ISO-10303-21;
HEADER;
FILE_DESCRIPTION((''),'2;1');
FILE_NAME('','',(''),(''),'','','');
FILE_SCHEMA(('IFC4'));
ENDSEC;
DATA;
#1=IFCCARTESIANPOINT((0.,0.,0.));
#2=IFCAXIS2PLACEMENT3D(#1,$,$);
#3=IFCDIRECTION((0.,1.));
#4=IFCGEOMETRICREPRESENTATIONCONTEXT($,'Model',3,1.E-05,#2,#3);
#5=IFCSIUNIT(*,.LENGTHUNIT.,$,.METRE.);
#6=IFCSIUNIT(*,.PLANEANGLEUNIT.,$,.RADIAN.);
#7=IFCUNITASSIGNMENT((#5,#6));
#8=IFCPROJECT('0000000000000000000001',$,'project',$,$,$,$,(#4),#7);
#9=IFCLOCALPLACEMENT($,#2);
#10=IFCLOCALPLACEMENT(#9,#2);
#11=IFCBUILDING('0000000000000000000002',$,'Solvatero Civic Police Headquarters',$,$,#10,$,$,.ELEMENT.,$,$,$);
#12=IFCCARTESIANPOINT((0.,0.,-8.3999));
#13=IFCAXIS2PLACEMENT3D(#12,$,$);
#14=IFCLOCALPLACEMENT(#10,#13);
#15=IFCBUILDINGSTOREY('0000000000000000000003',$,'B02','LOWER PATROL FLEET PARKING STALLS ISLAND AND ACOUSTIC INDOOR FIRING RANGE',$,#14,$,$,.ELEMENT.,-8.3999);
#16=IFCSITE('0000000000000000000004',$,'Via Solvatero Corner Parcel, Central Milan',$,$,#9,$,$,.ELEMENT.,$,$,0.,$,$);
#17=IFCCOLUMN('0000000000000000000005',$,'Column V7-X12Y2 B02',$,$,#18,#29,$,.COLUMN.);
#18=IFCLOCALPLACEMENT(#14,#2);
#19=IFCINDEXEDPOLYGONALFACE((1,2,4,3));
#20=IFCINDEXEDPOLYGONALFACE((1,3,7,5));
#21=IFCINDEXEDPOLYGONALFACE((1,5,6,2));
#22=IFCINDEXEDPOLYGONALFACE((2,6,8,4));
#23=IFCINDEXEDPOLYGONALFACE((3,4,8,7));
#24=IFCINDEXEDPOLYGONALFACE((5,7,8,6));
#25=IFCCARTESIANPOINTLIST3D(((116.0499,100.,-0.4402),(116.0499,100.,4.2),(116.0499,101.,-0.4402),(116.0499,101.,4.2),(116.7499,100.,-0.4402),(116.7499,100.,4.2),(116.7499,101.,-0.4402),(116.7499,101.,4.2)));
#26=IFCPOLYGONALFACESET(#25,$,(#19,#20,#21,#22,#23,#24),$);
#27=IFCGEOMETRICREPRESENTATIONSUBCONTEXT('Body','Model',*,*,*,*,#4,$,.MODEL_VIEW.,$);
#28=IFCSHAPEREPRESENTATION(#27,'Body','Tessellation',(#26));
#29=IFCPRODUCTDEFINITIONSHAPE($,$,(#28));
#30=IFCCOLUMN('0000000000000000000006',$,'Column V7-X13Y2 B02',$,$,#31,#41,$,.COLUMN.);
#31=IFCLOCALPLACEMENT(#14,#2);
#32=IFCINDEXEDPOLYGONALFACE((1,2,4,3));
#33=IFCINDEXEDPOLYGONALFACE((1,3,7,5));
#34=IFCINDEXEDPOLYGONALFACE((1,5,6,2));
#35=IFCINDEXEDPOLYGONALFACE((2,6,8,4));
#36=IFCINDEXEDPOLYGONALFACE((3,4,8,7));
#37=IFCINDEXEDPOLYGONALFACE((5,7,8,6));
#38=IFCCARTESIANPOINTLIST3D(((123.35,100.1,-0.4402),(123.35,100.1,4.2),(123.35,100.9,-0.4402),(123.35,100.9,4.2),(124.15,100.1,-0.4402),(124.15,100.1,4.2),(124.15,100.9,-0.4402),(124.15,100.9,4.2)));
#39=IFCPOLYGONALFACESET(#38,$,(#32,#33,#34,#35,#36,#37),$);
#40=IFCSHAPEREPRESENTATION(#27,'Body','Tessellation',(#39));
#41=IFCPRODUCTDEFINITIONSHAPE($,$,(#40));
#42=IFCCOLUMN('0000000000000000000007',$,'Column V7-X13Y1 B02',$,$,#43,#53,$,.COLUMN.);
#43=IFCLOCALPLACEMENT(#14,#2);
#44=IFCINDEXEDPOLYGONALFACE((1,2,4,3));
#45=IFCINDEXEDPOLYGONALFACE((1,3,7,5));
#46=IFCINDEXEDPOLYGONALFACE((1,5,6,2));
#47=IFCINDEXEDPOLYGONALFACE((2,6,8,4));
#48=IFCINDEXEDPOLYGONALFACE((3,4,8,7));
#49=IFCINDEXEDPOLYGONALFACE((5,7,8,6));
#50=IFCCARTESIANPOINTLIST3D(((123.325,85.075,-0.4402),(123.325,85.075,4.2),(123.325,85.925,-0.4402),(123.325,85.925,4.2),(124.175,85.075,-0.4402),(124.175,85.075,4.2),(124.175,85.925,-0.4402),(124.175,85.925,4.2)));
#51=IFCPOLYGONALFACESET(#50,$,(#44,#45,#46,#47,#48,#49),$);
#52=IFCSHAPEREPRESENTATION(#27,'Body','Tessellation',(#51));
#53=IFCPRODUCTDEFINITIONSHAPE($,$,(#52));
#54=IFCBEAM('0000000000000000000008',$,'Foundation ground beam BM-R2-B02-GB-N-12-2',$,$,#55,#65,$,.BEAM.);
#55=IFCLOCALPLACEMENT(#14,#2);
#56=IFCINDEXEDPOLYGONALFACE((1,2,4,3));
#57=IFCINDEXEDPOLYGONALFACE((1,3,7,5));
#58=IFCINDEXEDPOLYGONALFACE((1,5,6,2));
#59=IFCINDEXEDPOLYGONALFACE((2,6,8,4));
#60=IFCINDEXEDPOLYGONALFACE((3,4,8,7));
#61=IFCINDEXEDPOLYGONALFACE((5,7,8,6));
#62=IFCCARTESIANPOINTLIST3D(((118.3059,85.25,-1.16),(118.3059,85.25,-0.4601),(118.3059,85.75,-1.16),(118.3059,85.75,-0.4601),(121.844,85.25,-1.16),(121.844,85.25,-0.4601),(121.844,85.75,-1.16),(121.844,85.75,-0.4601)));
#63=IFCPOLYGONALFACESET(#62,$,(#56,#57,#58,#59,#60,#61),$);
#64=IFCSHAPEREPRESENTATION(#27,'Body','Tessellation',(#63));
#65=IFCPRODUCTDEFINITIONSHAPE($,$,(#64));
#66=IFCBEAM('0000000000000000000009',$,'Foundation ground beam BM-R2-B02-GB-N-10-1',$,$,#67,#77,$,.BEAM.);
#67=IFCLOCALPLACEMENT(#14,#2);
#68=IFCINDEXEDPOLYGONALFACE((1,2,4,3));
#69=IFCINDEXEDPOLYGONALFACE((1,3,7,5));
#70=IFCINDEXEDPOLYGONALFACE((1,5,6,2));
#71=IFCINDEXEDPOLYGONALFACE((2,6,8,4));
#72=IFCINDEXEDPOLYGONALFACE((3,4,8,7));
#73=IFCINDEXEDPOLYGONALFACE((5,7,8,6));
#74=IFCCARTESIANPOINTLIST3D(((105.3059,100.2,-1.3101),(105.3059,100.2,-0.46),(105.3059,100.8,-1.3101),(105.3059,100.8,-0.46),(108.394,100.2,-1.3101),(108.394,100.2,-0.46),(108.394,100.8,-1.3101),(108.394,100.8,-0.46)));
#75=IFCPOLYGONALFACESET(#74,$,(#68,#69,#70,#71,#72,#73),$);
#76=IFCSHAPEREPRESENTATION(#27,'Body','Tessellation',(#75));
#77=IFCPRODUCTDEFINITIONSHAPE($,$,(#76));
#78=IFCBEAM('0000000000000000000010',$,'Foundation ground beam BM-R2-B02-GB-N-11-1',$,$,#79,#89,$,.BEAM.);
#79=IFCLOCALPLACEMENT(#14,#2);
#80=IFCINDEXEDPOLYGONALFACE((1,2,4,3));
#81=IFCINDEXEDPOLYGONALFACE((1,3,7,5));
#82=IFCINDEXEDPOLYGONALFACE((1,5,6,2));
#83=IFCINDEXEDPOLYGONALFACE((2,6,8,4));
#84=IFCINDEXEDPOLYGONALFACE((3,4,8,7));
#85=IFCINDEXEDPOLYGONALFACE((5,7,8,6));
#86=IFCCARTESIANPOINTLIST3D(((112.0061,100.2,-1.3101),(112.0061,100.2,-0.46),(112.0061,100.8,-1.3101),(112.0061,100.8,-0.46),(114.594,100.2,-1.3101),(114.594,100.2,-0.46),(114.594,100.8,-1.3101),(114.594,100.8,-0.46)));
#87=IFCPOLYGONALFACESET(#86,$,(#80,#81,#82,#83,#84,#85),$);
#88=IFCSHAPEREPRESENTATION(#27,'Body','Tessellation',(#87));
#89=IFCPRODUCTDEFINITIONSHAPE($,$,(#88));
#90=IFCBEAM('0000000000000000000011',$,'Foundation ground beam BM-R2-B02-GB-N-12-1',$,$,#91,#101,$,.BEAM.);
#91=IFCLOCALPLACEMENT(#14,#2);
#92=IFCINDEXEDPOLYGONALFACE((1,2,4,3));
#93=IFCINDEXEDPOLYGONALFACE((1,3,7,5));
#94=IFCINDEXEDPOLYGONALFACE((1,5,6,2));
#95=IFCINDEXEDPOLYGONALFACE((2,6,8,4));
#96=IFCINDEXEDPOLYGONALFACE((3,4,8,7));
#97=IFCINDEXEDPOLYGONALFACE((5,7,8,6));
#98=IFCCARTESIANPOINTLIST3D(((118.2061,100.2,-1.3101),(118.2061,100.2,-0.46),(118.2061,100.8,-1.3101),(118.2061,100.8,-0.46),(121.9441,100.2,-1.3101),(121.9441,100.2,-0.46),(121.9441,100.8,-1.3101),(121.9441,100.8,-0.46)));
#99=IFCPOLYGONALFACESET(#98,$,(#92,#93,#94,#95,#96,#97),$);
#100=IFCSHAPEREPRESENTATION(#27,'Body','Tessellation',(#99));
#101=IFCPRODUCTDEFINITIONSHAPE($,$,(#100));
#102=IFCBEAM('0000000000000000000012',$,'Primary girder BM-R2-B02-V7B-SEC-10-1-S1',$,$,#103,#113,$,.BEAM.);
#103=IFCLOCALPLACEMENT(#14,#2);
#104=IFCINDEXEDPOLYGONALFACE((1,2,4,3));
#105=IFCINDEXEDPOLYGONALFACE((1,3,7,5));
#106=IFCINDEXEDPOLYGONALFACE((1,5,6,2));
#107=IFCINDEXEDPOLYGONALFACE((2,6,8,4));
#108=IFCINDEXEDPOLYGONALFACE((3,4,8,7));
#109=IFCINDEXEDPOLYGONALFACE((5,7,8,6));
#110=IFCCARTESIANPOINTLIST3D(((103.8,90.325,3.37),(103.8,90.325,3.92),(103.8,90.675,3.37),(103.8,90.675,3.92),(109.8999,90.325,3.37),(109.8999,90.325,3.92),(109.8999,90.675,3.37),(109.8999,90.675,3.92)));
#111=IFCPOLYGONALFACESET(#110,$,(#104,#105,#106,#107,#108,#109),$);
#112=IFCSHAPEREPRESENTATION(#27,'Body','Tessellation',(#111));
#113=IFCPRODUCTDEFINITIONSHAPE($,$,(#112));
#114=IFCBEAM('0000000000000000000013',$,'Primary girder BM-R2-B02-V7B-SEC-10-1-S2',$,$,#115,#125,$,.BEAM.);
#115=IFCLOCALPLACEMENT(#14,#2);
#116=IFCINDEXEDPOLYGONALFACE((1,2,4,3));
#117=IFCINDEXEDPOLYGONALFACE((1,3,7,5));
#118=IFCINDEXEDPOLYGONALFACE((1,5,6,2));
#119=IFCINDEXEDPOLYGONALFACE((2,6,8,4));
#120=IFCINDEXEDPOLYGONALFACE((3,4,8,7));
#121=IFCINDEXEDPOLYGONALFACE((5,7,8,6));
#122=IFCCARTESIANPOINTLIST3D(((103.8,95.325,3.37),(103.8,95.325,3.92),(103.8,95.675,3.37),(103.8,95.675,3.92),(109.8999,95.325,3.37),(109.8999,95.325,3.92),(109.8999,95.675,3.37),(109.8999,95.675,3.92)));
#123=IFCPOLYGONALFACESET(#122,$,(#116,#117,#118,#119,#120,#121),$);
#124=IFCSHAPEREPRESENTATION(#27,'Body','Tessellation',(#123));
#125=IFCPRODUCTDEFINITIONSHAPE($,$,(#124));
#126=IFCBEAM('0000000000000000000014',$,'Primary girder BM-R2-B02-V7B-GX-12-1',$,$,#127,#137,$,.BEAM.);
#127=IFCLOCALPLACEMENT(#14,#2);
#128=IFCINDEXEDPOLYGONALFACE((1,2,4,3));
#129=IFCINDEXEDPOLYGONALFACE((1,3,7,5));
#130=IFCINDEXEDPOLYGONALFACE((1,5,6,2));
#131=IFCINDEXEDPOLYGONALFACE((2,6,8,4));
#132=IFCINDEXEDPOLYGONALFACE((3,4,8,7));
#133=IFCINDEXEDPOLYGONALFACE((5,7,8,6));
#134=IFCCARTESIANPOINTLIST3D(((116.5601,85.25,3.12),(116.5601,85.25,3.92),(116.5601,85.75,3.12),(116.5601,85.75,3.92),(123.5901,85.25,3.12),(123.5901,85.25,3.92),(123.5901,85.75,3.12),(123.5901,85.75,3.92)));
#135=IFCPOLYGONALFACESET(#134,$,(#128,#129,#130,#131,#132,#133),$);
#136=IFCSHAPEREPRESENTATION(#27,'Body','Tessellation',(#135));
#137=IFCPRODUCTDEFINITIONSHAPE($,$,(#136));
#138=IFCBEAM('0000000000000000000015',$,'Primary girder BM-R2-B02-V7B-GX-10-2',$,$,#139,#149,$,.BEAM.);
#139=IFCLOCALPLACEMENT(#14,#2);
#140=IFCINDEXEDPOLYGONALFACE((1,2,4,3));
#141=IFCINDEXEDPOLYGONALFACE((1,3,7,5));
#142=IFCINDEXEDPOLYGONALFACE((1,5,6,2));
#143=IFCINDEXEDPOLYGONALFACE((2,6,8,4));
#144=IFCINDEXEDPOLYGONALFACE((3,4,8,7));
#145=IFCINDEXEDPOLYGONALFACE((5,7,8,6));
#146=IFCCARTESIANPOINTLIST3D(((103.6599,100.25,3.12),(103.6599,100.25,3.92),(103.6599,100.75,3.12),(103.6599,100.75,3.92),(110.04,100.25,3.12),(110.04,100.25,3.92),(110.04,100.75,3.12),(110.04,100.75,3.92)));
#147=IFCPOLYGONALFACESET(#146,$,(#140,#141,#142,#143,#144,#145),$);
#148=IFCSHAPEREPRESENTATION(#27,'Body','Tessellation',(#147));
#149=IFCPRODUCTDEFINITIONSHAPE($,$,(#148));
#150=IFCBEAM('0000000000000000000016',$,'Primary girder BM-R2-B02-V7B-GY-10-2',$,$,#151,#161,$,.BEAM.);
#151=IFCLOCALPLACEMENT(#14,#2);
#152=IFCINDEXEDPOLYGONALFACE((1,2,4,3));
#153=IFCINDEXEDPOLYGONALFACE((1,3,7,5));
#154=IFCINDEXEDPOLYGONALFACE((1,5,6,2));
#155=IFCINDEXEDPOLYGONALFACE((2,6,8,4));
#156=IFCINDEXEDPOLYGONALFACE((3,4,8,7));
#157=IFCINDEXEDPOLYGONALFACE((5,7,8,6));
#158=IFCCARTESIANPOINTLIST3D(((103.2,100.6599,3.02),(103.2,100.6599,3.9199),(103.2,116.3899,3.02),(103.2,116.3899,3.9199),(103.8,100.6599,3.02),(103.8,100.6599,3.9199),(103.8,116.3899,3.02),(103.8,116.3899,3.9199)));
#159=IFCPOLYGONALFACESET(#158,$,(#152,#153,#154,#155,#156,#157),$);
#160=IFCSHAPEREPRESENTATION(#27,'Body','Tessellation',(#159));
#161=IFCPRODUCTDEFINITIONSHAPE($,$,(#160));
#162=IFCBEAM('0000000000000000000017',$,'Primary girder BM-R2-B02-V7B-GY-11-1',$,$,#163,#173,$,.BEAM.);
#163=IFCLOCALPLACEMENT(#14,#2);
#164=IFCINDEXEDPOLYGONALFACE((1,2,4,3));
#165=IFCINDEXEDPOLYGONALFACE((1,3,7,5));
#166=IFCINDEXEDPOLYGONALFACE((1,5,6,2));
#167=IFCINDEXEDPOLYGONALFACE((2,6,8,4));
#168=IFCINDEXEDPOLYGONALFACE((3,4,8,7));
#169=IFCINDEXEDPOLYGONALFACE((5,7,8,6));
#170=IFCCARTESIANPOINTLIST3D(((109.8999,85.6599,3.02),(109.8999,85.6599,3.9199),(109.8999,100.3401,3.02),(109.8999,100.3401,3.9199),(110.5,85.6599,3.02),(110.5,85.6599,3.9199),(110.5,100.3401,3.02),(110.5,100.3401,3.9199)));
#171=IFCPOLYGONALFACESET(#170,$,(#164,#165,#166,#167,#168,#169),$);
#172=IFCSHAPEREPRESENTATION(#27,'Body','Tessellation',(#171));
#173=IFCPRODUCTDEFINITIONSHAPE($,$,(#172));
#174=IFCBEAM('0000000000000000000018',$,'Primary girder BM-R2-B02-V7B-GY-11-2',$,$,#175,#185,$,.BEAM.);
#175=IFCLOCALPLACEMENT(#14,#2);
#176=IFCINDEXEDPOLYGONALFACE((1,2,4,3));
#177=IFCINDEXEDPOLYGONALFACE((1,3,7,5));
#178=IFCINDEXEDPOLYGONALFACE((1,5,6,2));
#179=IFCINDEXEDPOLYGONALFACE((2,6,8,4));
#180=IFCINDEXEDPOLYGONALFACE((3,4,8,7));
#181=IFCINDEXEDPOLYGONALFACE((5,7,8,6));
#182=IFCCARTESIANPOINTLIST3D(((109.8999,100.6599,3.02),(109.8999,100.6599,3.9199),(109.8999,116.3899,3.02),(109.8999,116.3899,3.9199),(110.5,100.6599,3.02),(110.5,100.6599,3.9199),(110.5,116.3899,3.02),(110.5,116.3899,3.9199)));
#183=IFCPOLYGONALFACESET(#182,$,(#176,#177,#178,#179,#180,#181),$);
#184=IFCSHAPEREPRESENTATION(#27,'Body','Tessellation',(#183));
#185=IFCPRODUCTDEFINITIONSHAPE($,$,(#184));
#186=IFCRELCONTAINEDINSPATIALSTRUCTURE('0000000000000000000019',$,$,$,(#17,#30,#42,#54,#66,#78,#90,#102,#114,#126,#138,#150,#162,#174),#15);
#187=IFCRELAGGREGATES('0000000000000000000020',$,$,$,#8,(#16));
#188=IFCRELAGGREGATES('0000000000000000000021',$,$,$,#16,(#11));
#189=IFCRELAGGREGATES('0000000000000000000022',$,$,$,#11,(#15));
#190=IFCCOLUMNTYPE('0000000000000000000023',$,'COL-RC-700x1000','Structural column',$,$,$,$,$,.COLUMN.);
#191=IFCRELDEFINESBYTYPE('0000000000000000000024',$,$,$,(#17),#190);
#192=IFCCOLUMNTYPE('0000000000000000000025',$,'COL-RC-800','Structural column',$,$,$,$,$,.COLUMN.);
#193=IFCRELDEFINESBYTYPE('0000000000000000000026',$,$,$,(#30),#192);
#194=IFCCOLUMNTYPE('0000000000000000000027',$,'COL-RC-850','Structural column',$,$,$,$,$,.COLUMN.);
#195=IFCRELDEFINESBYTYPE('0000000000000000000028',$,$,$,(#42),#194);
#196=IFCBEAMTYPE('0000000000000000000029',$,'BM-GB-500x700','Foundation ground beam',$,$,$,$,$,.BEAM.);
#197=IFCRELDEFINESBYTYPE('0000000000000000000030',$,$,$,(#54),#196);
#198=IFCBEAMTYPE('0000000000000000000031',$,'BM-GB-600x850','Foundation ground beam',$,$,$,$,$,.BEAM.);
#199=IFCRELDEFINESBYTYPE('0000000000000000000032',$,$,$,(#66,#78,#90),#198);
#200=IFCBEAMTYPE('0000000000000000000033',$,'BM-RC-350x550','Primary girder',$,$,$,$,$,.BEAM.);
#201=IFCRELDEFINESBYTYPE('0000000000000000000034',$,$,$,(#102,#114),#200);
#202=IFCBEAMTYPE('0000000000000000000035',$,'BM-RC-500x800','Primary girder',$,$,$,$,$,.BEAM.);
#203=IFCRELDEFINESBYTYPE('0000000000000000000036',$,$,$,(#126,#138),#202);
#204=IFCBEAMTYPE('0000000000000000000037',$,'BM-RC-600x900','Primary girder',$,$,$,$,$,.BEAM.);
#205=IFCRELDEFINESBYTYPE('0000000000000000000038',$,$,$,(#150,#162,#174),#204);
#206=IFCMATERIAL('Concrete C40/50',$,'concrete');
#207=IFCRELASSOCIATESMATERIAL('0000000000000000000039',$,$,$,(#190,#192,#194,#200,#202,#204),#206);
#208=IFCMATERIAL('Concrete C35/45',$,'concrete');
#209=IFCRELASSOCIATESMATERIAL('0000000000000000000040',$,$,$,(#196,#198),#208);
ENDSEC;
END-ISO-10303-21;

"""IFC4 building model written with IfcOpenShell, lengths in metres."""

from ifc_helpers import new_model, si_unit, direction, frame, origin, origin_2d, place, context, subcontext, project, spatial, rectangle, extrude, material, material_profile, profile_set, type_object, element, save


model = new_model("IFC4")

# Units and contexts
model_context = context("Model", 3, precision=1e-05, world=origin(), true_north=direction((0.0, 1.0)))
body_context = subcontext(model_context, "Body", "Model", "MODEL_VIEW")
ifc_project = project(units=[si_unit("LENGTHUNIT", "METRE"), si_unit("PLANEANGLEUNIT", "RADIAN")], contexts=[model_context])

# Site, building, storey
site_placement = place(None, origin())
site = spatial("IfcSite", under=ifc_project, at=site_placement, Name="Via Solvatero Corner Parcel, Central Milan", CompositionType="ELEMENT", RefElevation=0.0)
building_placement = place(site_placement, origin())
building = spatial("IfcBuilding", under=site, at=building_placement, Name="Solvatero Civic Police Headquarters", CompositionType="ELEMENT")
storey_placement = place(building_placement, frame((0.0, 0.0, -8.3999)))
storey = spatial("IfcBuildingStorey", under=building, at=storey_placement, Name="B02", Description="LOWER PATROL FLEET PARKING STALLS ISLAND AND ACOUSTIC INDOOR FIRING RANGE", CompositionType="ELEMENT", Elevation=-8.3999)

# Shared definitions
ifc_material_1 = material(Name="Concrete C35/45", Category="concrete")

# Columns
ifc_material_2 = material(Name="Concrete C40/50", Category="concrete")
ifc_material_profile_1 = material_profile(ifc_material_2, rectangle(XDim=0.7, YDim=1.0, at=origin_2d()), Name="RC 700x1000")
ifc_profile_set_1 = profile_set([ifc_material_profile_1], Name="Concrete C40/50")
column_type_1 = type_object("IfcColumnType", Name="COL-RC-700x1000", Description="Structural column", PredefinedType="COLUMN", material=ifc_profile_set_1)
column_1_placement = place(storey_placement, frame((116.3999, 100.5, -0.4402), z_axis=(0.0, 0.0, 1.0), x_axis=(1.0, 0.0, 0.0)))
element("IfcColumn", 1, at=column_1_placement, inside=storey, type_object=column_type_1, Name="Column V7-X12Y2 B02", PredefinedType="COLUMN", context=body_context, shape_type="SweptSolid", body=[
    extrude(rectangle(XDim=0.7, YDim=1.0, at=origin_2d()), origin(), (0.0, 0.0, 1.0), 4.6401),
])
ifc_material_profile_2 = material_profile(ifc_material_2, rectangle(XDim=0.8, YDim=0.8, at=origin_2d()), Name="RC 800x800")
ifc_profile_set_2 = profile_set([ifc_material_profile_2], Name="Concrete C40/50")
column_type_2 = type_object("IfcColumnType", Name="COL-RC-800", Description="Structural column", PredefinedType="COLUMN", material=ifc_profile_set_2)
column_2_placement = place(storey_placement, frame((123.75, 100.5, -0.4402), z_axis=(0.0, 0.0, 1.0), x_axis=(1.0, 0.0, 0.0)))
element("IfcColumn", 2, at=column_2_placement, inside=storey, type_object=column_type_2, Name="Column V7-X13Y2 B02", PredefinedType="COLUMN", context=body_context, shape_type="SweptSolid", body=[
    extrude(rectangle(XDim=0.8, YDim=0.8, at=origin_2d()), origin(), (0.0, 0.0, 1.0), 4.6401),
])
ifc_material_profile_3 = material_profile(ifc_material_2, rectangle(XDim=0.8501, YDim=0.8501, at=origin_2d()), Name="RC 850x850")
ifc_profile_set_3 = profile_set([ifc_material_profile_3], Name="Concrete C40/50")
column_type_3 = type_object("IfcColumnType", Name="COL-RC-850", Description="Structural column", PredefinedType="COLUMN", material=ifc_profile_set_3)
column_3_placement = place(storey_placement, frame((123.75, 85.5, -0.4402), z_axis=(0.0, 0.0, 1.0), x_axis=(1.0, 0.0, 0.0)))
element("IfcColumn", 3, at=column_3_placement, inside=storey, type_object=column_type_3, Name="Column V7-X13Y1 B02", PredefinedType="COLUMN", context=body_context, shape_type="SweptSolid", body=[
    extrude(rectangle(XDim=0.8501, YDim=0.8501, at=origin_2d()), origin(), (0.0, 0.0, 1.0), 4.6401),
])

# Beams
ifc_material_profile_4 = material_profile(ifc_material_1, rectangle(XDim=0.5, YDim=0.7, at=origin_2d()), Name="GB 500x700")
ifc_profile_set_4 = profile_set([ifc_material_profile_4], Name="Concrete C35/45")
beam_type_1 = type_object("IfcBeamType", Name="BM-GB-500x700", Description="Foundation ground beam", PredefinedType="BEAM", material=ifc_profile_set_4)
beam_1_placement = place(storey_placement, frame((118.3059, 85.5, -0.8101), z_axis=(1.0, 0.0, 0.0), x_axis=(0.0, 1.0, 0.0)))
element("IfcBeam", 4, at=beam_1_placement, inside=storey, type_object=beam_type_1, Name="Foundation ground beam BM-R2-B02-GB-N-12-2", PredefinedType="BEAM", context=body_context, shape_type="SweptSolid", body=[
    extrude(rectangle(XDim=0.5, YDim=0.7, at=origin_2d()), origin(), (0.0, 0.0, 1.0), 3.5381),
])
ifc_material_profile_5 = material_profile(ifc_material_1, rectangle(XDim=0.6001, YDim=0.8501, at=origin_2d()), Name="GB 600x850")
ifc_profile_set_5 = profile_set([ifc_material_profile_5], Name="Concrete C35/45")
beam_type_2 = type_object("IfcBeamType", Name="BM-GB-600x850", Description="Foundation ground beam", PredefinedType="BEAM", material=ifc_profile_set_5)
beam_2_placement = place(storey_placement, frame((105.3059, 100.5, -0.885), z_axis=(1.0, 0.0, 0.0), x_axis=(0.0, 1.0, 0.0)))
element("IfcBeam", 5, at=beam_2_placement, inside=storey, type_object=beam_type_2, Name="Foundation ground beam BM-R2-B02-GB-N-10-1", PredefinedType="BEAM", context=body_context, shape_type="SweptSolid", body=[
    extrude(rectangle(XDim=0.6001, YDim=0.8501, at=origin_2d()), origin(), (0.0, 0.0, 1.0), 3.0881),
])
beam_3_placement = place(storey_placement, frame((112.0061, 100.5, -0.885), z_axis=(1.0, 0.0, 0.0), x_axis=(0.0, 1.0, 0.0)))
element("IfcBeam", 6, at=beam_3_placement, inside=storey, type_object=beam_type_2, Name="Foundation ground beam BM-R2-B02-GB-N-11-1", PredefinedType="BEAM", context=body_context, shape_type="SweptSolid", body=[
    extrude(rectangle(XDim=0.6001, YDim=0.8501, at=origin_2d()), origin(), (0.0, 0.0, 1.0), 2.5879),
])
beam_4_placement = place(storey_placement, frame((118.2061, 100.5, -0.885), z_axis=(1.0, 0.0, 0.0), x_axis=(0.0, 1.0, 0.0)))
element("IfcBeam", 7, at=beam_4_placement, inside=storey, type_object=beam_type_2, Name="Foundation ground beam BM-R2-B02-GB-N-12-1", PredefinedType="BEAM", context=body_context, shape_type="SweptSolid", body=[
    extrude(rectangle(XDim=0.6001, YDim=0.8501, at=origin_2d()), origin(), (0.0, 0.0, 1.0), 3.738),
])
ifc_material_profile_6 = material_profile(ifc_material_2, rectangle(XDim=0.3501, YDim=0.55, at=origin_2d()), Name="RC 350x550")
ifc_profile_set_6 = profile_set([ifc_material_profile_6], Name="Concrete C40/50")
beam_type_3 = type_object("IfcBeamType", Name="BM-RC-350x550", Description="Primary girder", PredefinedType="BEAM", material=ifc_profile_set_6)
for number, where, z_axis, x_axis, name in (
    (8, (103.8, 90.5, 3.645), (1.0, 0.0, 0.0), (0.0, 1.0, 0.0), "Primary girder BM-R2-B02-V7B-SEC-10-1-S1"),
    (9, (103.8, 95.5, 3.645), (1.0, 0.0, 0.0), (0.0, 1.0, 0.0), "Primary girder BM-R2-B02-V7B-SEC-10-1-S2"),
):
    element("IfcBeam", number, at=place(storey_placement, frame(where, z_axis=z_axis, x_axis=x_axis)), inside=storey, type_object=beam_type_3, Name=name, PredefinedType="BEAM", context=body_context, shape_type="SweptSolid", body=[
        extrude(rectangle(XDim=0.3501, YDim=0.55, at=origin_2d()), origin(), (0.0, 0.0, 1.0), 6.0999),
    ])
ifc_material_profile_7 = material_profile(ifc_material_2, rectangle(XDim=0.5, YDim=0.8, at=origin_2d()), Name="RC 500x800")
ifc_profile_set_7 = profile_set([ifc_material_profile_7], Name="Concrete C40/50")
beam_type_4 = type_object("IfcBeamType", Name="BM-RC-500x800", Description="Primary girder", PredefinedType="BEAM", material=ifc_profile_set_7)
beam_5_placement = place(storey_placement, frame((116.5601, 85.5, 3.52), z_axis=(1.0, 0.0, 0.0), x_axis=(0.0, 1.0, 0.0)))
element("IfcBeam", 10, at=beam_5_placement, inside=storey, type_object=beam_type_4, Name="Primary girder BM-R2-B02-V7B-GX-12-1", PredefinedType="BEAM", context=body_context, shape_type="SweptSolid", body=[
    extrude(rectangle(XDim=0.5, YDim=0.8, at=origin_2d()), origin(), (0.0, 0.0, 1.0), 7.03),
])
beam_6_placement = place(storey_placement, frame((103.6599, 100.5, 3.52), z_axis=(1.0, 0.0, 0.0), x_axis=(0.0, 1.0, 0.0)))
element("IfcBeam", 11, at=beam_6_placement, inside=storey, type_object=beam_type_4, Name="Primary girder BM-R2-B02-V7B-GX-10-2", PredefinedType="BEAM", context=body_context, shape_type="SweptSolid", body=[
    extrude(rectangle(XDim=0.5, YDim=0.8, at=origin_2d()), origin(), (0.0, 0.0, 1.0), 6.3801),
])
ifc_material_profile_8 = material_profile(ifc_material_2, rectangle(XDim=0.6001, YDim=0.8999, at=origin_2d()), Name="RC 600x900")
ifc_profile_set_8 = profile_set([ifc_material_profile_8], Name="Concrete C40/50")
beam_type_5 = type_object("IfcBeamType", Name="BM-RC-600x900", Description="Primary girder", PredefinedType="BEAM", material=ifc_profile_set_8)
beam_7_placement = place(storey_placement, frame((103.5, 100.6599, 3.47), z_axis=(0.0, 1.0, 0.0), x_axis=(-1.0, 0.0, 0.0)))
element("IfcBeam", 12, at=beam_7_placement, inside=storey, type_object=beam_type_5, Name="Primary girder BM-R2-B02-V7B-GY-10-2", PredefinedType="BEAM", context=body_context, shape_type="SweptSolid", body=[
    extrude(rectangle(XDim=0.6001, YDim=0.8999, at=origin_2d()), origin(), (0.0, 0.0, 1.0), 15.73),
])
beam_8_placement = place(storey_placement, frame((110.2, 85.6599, 3.47), z_axis=(0.0, 1.0, 0.0), x_axis=(-1.0, 0.0, 0.0)))
element("IfcBeam", 13, at=beam_8_placement, inside=storey, type_object=beam_type_5, Name="Primary girder BM-R2-B02-V7B-GY-11-1", PredefinedType="BEAM", context=body_context, shape_type="SweptSolid", body=[
    extrude(rectangle(XDim=0.6001, YDim=0.8999, at=origin_2d()), origin(), (0.0, 0.0, 1.0), 14.6802),
])
beam_9_placement = place(storey_placement, frame((110.2, 100.6599, 3.47), z_axis=(0.0, 1.0, 0.0), x_axis=(-1.0, 0.0, 0.0)))
element("IfcBeam", 14, at=beam_9_placement, inside=storey, type_object=beam_type_5, Name="Primary girder BM-R2-B02-V7B-GY-11-2", PredefinedType="BEAM", context=body_context, shape_type="SweptSolid", body=[
    extrude(rectangle(XDim=0.6001, YDim=0.8999, at=origin_2d()), origin(), (0.0, 0.0, 1.0), 15.73),
])

save(model, "model.ifc")
